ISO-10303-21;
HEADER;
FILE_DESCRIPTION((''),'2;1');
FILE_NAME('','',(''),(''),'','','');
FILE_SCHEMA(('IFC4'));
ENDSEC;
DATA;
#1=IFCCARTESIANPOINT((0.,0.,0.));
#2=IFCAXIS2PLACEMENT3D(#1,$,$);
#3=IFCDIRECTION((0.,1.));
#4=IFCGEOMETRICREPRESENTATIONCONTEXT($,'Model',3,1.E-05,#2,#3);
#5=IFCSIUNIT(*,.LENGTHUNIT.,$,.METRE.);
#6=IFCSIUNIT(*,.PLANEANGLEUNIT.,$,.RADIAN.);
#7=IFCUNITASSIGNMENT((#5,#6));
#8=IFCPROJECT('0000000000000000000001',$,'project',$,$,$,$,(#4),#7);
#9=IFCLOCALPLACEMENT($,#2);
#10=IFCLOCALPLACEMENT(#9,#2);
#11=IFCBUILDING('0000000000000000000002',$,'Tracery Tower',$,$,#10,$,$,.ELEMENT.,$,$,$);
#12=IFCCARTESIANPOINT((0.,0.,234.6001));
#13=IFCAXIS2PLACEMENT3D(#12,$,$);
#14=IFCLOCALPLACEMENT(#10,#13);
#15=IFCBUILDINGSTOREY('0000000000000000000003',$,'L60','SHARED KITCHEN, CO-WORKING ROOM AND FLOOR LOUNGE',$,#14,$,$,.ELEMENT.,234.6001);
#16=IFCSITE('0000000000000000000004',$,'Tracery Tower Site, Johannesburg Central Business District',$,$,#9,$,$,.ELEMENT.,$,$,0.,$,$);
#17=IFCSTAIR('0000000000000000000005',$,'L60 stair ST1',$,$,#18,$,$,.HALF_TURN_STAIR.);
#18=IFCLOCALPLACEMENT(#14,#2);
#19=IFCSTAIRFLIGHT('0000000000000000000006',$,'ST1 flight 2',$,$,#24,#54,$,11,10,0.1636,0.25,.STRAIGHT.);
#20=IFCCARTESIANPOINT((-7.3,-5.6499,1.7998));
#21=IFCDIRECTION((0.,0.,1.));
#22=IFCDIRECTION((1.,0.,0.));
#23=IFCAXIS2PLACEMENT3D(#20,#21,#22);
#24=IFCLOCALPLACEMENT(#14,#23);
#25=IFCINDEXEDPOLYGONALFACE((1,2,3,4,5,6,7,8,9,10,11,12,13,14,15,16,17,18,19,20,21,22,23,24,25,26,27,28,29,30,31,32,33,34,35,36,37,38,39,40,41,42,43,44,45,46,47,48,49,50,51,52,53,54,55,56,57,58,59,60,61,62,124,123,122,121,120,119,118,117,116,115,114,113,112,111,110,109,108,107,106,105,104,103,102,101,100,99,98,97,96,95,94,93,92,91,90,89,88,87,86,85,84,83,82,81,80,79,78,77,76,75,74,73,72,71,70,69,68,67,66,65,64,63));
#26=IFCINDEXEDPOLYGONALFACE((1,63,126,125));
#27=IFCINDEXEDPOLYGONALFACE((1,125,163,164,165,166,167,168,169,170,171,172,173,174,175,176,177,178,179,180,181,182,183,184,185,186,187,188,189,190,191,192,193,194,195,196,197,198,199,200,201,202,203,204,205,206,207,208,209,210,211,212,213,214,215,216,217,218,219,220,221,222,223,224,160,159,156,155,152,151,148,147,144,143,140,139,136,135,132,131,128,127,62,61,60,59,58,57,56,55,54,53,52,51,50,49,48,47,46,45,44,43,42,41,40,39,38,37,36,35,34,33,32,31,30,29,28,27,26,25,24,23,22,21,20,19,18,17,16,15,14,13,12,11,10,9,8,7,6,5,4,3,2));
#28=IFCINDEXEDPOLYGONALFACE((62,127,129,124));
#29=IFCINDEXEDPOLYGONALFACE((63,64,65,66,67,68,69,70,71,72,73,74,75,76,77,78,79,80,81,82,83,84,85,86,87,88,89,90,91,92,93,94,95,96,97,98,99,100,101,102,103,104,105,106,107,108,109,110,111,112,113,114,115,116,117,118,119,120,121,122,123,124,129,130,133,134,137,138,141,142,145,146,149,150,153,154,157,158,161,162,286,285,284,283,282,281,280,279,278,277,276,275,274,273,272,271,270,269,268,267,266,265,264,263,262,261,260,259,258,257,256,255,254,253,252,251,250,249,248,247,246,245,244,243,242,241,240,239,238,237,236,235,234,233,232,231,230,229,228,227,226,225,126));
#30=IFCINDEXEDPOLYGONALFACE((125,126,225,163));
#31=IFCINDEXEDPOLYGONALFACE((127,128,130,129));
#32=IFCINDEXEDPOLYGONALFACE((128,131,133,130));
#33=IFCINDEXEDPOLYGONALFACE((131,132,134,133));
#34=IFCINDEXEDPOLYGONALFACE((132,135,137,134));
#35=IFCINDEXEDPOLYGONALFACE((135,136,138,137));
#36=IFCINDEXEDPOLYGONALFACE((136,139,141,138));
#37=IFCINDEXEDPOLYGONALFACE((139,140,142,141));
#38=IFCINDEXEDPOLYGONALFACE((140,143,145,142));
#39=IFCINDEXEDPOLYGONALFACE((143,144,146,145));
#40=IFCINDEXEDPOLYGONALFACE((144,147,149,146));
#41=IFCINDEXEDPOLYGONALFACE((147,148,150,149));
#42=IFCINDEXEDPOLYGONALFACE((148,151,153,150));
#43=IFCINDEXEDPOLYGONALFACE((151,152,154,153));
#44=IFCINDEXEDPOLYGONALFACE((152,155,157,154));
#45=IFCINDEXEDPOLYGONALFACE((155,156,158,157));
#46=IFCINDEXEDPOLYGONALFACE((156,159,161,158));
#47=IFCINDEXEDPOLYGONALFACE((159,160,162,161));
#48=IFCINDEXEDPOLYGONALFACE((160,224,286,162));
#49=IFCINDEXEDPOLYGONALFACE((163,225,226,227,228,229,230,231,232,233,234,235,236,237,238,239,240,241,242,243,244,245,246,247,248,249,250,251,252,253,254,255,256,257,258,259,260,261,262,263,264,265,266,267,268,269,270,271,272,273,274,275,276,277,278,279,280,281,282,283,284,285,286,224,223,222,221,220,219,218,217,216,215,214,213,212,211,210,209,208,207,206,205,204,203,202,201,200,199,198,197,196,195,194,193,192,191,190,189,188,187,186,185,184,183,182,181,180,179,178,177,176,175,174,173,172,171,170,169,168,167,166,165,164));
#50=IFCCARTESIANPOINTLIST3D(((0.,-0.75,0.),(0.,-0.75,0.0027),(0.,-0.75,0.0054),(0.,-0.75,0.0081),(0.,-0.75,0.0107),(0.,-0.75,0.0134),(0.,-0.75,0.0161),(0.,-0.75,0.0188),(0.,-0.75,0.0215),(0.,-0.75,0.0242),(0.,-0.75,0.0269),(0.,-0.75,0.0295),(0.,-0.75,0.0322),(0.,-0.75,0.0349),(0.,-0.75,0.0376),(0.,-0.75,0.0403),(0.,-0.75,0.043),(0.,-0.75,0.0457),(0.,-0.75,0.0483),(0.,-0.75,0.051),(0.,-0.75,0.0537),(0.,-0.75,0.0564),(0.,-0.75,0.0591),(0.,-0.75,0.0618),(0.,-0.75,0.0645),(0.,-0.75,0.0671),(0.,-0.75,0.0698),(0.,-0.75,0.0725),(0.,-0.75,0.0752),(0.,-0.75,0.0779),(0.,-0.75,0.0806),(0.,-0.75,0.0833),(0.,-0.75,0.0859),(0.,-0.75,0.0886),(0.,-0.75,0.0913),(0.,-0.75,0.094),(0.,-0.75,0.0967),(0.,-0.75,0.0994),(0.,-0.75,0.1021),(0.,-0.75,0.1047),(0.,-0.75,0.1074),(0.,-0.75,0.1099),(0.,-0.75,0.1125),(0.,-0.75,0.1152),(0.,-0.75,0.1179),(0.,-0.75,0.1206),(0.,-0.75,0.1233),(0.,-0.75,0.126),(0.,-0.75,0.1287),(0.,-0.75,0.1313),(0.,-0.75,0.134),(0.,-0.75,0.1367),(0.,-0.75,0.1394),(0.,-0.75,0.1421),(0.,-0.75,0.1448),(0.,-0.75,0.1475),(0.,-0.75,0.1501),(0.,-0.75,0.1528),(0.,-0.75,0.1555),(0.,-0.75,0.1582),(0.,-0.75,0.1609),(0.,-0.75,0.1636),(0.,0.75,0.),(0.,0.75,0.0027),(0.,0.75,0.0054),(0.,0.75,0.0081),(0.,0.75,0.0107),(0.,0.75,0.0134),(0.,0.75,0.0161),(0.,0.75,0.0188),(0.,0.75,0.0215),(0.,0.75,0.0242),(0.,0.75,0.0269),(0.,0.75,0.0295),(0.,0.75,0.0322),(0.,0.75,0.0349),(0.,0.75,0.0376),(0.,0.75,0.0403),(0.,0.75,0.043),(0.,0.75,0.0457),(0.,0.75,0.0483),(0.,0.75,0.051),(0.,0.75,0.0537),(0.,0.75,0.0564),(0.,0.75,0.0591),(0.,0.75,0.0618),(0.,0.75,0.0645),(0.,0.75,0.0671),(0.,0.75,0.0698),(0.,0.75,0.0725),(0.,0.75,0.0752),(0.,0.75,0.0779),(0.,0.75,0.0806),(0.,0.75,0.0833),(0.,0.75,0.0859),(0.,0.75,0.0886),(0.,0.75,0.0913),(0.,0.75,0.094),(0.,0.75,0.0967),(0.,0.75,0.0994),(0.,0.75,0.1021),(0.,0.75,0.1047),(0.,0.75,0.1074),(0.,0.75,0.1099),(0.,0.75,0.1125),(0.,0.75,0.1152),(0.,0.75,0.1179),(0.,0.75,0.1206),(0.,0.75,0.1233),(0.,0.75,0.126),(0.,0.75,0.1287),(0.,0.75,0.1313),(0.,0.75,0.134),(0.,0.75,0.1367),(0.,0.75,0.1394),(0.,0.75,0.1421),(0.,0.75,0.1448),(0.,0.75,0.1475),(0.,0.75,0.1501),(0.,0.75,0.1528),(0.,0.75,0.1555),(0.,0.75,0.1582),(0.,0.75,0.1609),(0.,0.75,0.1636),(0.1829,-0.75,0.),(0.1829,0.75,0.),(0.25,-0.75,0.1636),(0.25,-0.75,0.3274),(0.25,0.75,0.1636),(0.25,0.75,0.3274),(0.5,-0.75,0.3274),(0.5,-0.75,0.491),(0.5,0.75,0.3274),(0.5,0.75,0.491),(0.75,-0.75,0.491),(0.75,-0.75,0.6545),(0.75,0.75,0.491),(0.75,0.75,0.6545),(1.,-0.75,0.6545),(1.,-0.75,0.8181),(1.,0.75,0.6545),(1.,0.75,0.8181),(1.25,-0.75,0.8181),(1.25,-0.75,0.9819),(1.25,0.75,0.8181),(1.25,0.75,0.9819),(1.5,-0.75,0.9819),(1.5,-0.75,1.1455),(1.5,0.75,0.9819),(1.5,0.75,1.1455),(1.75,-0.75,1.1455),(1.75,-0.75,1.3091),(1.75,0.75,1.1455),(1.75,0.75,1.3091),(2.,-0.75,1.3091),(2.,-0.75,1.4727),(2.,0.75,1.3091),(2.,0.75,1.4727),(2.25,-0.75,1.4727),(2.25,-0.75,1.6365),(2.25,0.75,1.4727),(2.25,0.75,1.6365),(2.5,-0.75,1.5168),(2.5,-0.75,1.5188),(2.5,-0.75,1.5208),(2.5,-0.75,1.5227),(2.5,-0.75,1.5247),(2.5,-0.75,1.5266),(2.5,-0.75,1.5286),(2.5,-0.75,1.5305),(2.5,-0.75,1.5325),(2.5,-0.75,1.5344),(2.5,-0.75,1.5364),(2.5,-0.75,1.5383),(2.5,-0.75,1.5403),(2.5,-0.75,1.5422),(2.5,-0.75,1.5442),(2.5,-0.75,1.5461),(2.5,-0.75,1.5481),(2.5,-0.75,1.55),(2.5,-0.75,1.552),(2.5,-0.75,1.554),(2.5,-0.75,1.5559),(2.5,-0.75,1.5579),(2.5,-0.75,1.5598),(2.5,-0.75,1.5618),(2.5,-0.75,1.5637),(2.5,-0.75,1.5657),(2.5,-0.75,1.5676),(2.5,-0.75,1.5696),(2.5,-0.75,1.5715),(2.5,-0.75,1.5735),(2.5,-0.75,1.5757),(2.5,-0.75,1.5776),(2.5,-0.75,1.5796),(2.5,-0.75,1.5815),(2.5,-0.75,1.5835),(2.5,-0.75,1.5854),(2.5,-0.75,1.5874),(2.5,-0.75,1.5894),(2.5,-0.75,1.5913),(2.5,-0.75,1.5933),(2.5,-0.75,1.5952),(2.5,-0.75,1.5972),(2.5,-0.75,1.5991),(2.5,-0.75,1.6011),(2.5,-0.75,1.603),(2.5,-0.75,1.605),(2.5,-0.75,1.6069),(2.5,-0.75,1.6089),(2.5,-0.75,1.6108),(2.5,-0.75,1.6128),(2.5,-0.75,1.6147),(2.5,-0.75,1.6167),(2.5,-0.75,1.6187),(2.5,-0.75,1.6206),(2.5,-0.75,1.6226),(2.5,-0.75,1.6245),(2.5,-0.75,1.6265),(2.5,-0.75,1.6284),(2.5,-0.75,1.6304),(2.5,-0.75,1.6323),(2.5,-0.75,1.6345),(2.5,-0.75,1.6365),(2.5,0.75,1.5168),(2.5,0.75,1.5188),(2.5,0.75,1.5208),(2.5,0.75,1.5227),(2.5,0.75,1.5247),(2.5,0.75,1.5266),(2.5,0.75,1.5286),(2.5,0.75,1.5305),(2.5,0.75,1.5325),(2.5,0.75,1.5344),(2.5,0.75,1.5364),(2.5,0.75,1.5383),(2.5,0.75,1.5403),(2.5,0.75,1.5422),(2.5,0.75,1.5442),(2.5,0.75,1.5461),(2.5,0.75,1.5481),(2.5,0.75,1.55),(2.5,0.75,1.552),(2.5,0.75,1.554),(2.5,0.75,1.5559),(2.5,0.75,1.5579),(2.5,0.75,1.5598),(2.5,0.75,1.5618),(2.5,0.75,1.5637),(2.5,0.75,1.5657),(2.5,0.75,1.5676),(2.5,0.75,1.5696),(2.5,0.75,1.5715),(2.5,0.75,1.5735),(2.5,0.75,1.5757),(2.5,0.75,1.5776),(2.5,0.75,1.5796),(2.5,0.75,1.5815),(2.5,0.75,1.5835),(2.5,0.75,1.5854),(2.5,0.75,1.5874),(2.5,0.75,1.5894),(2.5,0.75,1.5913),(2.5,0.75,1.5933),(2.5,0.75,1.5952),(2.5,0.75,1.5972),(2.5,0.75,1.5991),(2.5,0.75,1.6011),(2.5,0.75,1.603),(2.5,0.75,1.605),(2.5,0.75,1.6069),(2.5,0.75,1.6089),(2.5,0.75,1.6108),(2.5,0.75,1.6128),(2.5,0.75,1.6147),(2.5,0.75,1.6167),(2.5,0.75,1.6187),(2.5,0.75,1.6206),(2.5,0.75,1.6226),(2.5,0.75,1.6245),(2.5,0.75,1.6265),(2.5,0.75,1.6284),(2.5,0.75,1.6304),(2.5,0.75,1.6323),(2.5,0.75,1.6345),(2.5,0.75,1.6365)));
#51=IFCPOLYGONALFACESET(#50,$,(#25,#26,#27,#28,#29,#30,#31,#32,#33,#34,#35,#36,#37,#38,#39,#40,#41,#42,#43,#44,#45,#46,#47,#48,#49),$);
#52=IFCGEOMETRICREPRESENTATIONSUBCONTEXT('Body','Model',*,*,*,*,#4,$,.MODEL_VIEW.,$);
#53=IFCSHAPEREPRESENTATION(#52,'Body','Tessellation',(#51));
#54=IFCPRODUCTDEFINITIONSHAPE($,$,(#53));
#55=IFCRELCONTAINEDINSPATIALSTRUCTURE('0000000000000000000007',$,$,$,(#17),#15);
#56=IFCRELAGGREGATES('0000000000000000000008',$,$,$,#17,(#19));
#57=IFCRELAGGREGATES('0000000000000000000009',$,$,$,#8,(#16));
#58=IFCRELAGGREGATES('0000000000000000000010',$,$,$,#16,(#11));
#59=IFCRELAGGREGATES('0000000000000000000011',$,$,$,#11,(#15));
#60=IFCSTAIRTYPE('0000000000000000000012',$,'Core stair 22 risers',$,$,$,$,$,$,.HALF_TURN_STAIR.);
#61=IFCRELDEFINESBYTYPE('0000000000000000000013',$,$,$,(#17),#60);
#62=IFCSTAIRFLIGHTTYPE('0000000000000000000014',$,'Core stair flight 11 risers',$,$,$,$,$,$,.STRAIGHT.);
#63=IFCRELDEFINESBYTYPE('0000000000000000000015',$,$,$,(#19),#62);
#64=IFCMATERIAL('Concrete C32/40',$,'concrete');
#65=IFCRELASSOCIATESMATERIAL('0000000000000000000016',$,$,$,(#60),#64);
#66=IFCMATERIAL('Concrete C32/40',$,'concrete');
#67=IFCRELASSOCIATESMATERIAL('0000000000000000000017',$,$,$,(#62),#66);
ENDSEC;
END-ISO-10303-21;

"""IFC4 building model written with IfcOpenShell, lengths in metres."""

from ifc_helpers import new_model, si_unit, direction, frame, origin, place, context, subcontext, project, spatial, polyline, outline, extrude, material, type_object, element, aggregate, save


model = new_model("IFC4")

# Units and contexts
model_context = context("Model", 3, precision=1e-05, world=origin(), true_north=direction((0.0, 1.0)))
body_context = subcontext(model_context, "Body", "Model", "MODEL_VIEW")
ifc_project = project(units=[si_unit("LENGTHUNIT", "METRE"), si_unit("PLANEANGLEUNIT", "RADIAN")], contexts=[model_context])

# Site, building, storey
site_placement = place(None, origin())
site = spatial("IfcSite", under=ifc_project, at=site_placement, Name="Tracery Tower Site, Johannesburg Central Business District", CompositionType="ELEMENT", RefElevation=0.0)
building_placement = place(site_placement, origin())
building = spatial("IfcBuilding", under=site, at=building_placement, Name="Tracery Tower", CompositionType="ELEMENT")
storey_placement = place(building_placement, frame((0.0, 0.0, 234.6001)))
storey = spatial("IfcBuildingStorey", under=building, at=storey_placement, Name="L60", Description="SHARED KITCHEN, CO-WORKING ROOM AND FLOOR LOUNGE", CompositionType="ELEMENT", Elevation=234.6001)

# Stair, stair flight
ifc_material_1 = material(Name="Concrete C32/40", Category="concrete")
stair_type = type_object("IfcStairType", Name="Core stair 22 risers", PredefinedType="HALF_TURN_STAIR", material=ifc_material_1)
stair_placement = place(storey_placement, origin())
stair = element("IfcStair", 1, at=stair_placement, inside=storey, type_object=stair_type, Name="L60 stair ST1", PredefinedType="HALF_TURN_STAIR")
ifc_material_2 = material(Name="Concrete C32/40", Category="concrete")
stair_flight_type = type_object("IfcStairFlightType", Name="Core stair flight 11 risers", PredefinedType="STRAIGHT", material=ifc_material_2)
stair_flight_1_placement = place(storey_placement, frame((-7.3, -5.6499, 1.7998), z_axis=(0.0, 0.0, 1.0), x_axis=(1.0, 0.0, 0.0)))
stair_flight_1 = element("IfcStairFlight", 2, at=stair_flight_1_placement, type_object=stair_flight_type, Name="ST1 flight 2", NumberOfRisers=11, NumberOfTreads=10, PredefinedType="STRAIGHT", RiserHeight=0.1636, TreadLength=0.25, context=body_context, shape_type="SweptSolid", body=[
    extrude(outline(polyline([(0.0, 0.0), (0.0, 0.0027), (0.0, 0.0054), (0.0, 0.0081), (0.0, 0.0107), (0.0, 0.0134), (0.0, 0.0161), (0.0, 0.0188), (0.0, 0.0215), (0.0, 0.0242), (0.0, 0.0269), (0.0, 0.0295), (0.0, 0.0322), (0.0, 0.0349), (0.0, 0.0376), (0.0, 0.0403), (0.0, 0.043), (0.0, 0.0457), (0.0, 0.0483), (0.0, 0.051), (0.0, 0.0537), (0.0, 0.0564), (0.0, 0.0591), (0.0, 0.0618), (0.0, 0.0645), (0.0, 0.0671), (0.0, 0.0698), (0.0, 0.0725), (0.0, 0.0752), (0.0, 0.0779), (0.0, 0.0806), (0.0, 0.0833), (0.0, 0.0859), (0.0, 0.0886), (0.0, 0.0913), (0.0, 0.094), (0.0, 0.0967), (0.0, 0.0994), (0.0, 0.1021), (0.0, 0.1047), (0.0, 0.1074), (0.0, 0.1099), (0.0, 0.1125), (0.0, 0.1152), (0.0, 0.1179), (0.0, 0.1206), (0.0, 0.1233), (0.0, 0.126), (0.0, 0.1287), (0.0, 0.1313), (0.0, 0.134), (0.0, 0.1367), (0.0, 0.1394), (0.0, 0.1421), (0.0, 0.1448), (0.0, 0.1475), (0.0, 0.1501), (0.0, 0.1528), (0.0, 0.1555), (0.0, 0.1582), (0.0, 0.1609), (0.0, 0.1636), (0.25, 0.1636), (0.25, 0.3274), (0.5, 0.3274), (0.5, 0.491), (0.75, 0.491), (0.75, 0.6545), (1.0, 0.6545), (1.0, 0.8181), (1.25, 0.8181), (1.25, 0.9819), (1.5, 0.9819), (1.5, 1.1455), (1.75, 1.1455), (1.75, 1.3091), (2.0, 1.3091), (2.0, 1.4727), (2.25, 1.4727), (2.25, 1.6365), (2.5, 1.6365), (2.5, 1.6345), (2.5, 1.6323), (2.5, 1.6304), (2.5, 1.6284), (2.5, 1.6265), (2.5, 1.6245), (2.5, 1.6226), (2.5, 1.6206), (2.5, 1.6187), (2.5, 1.6167), (2.5, 1.6147), (2.5, 1.6128), (2.5, 1.6108), (2.5, 1.6089), (2.5, 1.6069), (2.5, 1.605), (2.5, 1.603), (2.5, 1.6011), (2.5, 1.5991), (2.5, 1.5972), (2.5, 1.5952), (2.5, 1.5933), (2.5, 1.5913), (2.5, 1.5894), (2.5, 1.5874), (2.5, 1.5854), (2.5, 1.5835), (2.5, 1.5815), (2.5, 1.5796), (2.5, 1.5776), (2.5, 1.5757), (2.5, 1.5735), (2.5, 1.5715), (2.5, 1.5696), (2.5, 1.5676), (2.5, 1.5657), (2.5, 1.5637), (2.5, 1.5618), (2.5, 1.5598), (2.5, 1.5579), (2.5, 1.5559), (2.5, 1.554), (2.5, 1.552), (2.5, 1.55), (2.5, 1.5481), (2.5, 1.5461), (2.5, 1.5442), (2.5, 1.5422), (2.5, 1.5403), (2.5, 1.5383), (2.5, 1.5364), (2.5, 1.5344), (2.5, 1.5325), (2.5, 1.5305), (2.5, 1.5286), (2.5, 1.5266), (2.5, 1.5247), (2.5, 1.5227), (2.5, 1.5208), (2.5, 1.5188), (2.5, 1.5168), (0.1829, 0.0), (0.0, 0.0)])), frame((0.0, 0.75, 0.0), z_axis=(0.0, -1.0, 0.0), x_axis=(1.0, 0.0, 0.0)), (0.0, 0.0, 1.0), 1.5),
])
aggregate(stair, [stair_flight_1])

save(model, "model.ifc")
